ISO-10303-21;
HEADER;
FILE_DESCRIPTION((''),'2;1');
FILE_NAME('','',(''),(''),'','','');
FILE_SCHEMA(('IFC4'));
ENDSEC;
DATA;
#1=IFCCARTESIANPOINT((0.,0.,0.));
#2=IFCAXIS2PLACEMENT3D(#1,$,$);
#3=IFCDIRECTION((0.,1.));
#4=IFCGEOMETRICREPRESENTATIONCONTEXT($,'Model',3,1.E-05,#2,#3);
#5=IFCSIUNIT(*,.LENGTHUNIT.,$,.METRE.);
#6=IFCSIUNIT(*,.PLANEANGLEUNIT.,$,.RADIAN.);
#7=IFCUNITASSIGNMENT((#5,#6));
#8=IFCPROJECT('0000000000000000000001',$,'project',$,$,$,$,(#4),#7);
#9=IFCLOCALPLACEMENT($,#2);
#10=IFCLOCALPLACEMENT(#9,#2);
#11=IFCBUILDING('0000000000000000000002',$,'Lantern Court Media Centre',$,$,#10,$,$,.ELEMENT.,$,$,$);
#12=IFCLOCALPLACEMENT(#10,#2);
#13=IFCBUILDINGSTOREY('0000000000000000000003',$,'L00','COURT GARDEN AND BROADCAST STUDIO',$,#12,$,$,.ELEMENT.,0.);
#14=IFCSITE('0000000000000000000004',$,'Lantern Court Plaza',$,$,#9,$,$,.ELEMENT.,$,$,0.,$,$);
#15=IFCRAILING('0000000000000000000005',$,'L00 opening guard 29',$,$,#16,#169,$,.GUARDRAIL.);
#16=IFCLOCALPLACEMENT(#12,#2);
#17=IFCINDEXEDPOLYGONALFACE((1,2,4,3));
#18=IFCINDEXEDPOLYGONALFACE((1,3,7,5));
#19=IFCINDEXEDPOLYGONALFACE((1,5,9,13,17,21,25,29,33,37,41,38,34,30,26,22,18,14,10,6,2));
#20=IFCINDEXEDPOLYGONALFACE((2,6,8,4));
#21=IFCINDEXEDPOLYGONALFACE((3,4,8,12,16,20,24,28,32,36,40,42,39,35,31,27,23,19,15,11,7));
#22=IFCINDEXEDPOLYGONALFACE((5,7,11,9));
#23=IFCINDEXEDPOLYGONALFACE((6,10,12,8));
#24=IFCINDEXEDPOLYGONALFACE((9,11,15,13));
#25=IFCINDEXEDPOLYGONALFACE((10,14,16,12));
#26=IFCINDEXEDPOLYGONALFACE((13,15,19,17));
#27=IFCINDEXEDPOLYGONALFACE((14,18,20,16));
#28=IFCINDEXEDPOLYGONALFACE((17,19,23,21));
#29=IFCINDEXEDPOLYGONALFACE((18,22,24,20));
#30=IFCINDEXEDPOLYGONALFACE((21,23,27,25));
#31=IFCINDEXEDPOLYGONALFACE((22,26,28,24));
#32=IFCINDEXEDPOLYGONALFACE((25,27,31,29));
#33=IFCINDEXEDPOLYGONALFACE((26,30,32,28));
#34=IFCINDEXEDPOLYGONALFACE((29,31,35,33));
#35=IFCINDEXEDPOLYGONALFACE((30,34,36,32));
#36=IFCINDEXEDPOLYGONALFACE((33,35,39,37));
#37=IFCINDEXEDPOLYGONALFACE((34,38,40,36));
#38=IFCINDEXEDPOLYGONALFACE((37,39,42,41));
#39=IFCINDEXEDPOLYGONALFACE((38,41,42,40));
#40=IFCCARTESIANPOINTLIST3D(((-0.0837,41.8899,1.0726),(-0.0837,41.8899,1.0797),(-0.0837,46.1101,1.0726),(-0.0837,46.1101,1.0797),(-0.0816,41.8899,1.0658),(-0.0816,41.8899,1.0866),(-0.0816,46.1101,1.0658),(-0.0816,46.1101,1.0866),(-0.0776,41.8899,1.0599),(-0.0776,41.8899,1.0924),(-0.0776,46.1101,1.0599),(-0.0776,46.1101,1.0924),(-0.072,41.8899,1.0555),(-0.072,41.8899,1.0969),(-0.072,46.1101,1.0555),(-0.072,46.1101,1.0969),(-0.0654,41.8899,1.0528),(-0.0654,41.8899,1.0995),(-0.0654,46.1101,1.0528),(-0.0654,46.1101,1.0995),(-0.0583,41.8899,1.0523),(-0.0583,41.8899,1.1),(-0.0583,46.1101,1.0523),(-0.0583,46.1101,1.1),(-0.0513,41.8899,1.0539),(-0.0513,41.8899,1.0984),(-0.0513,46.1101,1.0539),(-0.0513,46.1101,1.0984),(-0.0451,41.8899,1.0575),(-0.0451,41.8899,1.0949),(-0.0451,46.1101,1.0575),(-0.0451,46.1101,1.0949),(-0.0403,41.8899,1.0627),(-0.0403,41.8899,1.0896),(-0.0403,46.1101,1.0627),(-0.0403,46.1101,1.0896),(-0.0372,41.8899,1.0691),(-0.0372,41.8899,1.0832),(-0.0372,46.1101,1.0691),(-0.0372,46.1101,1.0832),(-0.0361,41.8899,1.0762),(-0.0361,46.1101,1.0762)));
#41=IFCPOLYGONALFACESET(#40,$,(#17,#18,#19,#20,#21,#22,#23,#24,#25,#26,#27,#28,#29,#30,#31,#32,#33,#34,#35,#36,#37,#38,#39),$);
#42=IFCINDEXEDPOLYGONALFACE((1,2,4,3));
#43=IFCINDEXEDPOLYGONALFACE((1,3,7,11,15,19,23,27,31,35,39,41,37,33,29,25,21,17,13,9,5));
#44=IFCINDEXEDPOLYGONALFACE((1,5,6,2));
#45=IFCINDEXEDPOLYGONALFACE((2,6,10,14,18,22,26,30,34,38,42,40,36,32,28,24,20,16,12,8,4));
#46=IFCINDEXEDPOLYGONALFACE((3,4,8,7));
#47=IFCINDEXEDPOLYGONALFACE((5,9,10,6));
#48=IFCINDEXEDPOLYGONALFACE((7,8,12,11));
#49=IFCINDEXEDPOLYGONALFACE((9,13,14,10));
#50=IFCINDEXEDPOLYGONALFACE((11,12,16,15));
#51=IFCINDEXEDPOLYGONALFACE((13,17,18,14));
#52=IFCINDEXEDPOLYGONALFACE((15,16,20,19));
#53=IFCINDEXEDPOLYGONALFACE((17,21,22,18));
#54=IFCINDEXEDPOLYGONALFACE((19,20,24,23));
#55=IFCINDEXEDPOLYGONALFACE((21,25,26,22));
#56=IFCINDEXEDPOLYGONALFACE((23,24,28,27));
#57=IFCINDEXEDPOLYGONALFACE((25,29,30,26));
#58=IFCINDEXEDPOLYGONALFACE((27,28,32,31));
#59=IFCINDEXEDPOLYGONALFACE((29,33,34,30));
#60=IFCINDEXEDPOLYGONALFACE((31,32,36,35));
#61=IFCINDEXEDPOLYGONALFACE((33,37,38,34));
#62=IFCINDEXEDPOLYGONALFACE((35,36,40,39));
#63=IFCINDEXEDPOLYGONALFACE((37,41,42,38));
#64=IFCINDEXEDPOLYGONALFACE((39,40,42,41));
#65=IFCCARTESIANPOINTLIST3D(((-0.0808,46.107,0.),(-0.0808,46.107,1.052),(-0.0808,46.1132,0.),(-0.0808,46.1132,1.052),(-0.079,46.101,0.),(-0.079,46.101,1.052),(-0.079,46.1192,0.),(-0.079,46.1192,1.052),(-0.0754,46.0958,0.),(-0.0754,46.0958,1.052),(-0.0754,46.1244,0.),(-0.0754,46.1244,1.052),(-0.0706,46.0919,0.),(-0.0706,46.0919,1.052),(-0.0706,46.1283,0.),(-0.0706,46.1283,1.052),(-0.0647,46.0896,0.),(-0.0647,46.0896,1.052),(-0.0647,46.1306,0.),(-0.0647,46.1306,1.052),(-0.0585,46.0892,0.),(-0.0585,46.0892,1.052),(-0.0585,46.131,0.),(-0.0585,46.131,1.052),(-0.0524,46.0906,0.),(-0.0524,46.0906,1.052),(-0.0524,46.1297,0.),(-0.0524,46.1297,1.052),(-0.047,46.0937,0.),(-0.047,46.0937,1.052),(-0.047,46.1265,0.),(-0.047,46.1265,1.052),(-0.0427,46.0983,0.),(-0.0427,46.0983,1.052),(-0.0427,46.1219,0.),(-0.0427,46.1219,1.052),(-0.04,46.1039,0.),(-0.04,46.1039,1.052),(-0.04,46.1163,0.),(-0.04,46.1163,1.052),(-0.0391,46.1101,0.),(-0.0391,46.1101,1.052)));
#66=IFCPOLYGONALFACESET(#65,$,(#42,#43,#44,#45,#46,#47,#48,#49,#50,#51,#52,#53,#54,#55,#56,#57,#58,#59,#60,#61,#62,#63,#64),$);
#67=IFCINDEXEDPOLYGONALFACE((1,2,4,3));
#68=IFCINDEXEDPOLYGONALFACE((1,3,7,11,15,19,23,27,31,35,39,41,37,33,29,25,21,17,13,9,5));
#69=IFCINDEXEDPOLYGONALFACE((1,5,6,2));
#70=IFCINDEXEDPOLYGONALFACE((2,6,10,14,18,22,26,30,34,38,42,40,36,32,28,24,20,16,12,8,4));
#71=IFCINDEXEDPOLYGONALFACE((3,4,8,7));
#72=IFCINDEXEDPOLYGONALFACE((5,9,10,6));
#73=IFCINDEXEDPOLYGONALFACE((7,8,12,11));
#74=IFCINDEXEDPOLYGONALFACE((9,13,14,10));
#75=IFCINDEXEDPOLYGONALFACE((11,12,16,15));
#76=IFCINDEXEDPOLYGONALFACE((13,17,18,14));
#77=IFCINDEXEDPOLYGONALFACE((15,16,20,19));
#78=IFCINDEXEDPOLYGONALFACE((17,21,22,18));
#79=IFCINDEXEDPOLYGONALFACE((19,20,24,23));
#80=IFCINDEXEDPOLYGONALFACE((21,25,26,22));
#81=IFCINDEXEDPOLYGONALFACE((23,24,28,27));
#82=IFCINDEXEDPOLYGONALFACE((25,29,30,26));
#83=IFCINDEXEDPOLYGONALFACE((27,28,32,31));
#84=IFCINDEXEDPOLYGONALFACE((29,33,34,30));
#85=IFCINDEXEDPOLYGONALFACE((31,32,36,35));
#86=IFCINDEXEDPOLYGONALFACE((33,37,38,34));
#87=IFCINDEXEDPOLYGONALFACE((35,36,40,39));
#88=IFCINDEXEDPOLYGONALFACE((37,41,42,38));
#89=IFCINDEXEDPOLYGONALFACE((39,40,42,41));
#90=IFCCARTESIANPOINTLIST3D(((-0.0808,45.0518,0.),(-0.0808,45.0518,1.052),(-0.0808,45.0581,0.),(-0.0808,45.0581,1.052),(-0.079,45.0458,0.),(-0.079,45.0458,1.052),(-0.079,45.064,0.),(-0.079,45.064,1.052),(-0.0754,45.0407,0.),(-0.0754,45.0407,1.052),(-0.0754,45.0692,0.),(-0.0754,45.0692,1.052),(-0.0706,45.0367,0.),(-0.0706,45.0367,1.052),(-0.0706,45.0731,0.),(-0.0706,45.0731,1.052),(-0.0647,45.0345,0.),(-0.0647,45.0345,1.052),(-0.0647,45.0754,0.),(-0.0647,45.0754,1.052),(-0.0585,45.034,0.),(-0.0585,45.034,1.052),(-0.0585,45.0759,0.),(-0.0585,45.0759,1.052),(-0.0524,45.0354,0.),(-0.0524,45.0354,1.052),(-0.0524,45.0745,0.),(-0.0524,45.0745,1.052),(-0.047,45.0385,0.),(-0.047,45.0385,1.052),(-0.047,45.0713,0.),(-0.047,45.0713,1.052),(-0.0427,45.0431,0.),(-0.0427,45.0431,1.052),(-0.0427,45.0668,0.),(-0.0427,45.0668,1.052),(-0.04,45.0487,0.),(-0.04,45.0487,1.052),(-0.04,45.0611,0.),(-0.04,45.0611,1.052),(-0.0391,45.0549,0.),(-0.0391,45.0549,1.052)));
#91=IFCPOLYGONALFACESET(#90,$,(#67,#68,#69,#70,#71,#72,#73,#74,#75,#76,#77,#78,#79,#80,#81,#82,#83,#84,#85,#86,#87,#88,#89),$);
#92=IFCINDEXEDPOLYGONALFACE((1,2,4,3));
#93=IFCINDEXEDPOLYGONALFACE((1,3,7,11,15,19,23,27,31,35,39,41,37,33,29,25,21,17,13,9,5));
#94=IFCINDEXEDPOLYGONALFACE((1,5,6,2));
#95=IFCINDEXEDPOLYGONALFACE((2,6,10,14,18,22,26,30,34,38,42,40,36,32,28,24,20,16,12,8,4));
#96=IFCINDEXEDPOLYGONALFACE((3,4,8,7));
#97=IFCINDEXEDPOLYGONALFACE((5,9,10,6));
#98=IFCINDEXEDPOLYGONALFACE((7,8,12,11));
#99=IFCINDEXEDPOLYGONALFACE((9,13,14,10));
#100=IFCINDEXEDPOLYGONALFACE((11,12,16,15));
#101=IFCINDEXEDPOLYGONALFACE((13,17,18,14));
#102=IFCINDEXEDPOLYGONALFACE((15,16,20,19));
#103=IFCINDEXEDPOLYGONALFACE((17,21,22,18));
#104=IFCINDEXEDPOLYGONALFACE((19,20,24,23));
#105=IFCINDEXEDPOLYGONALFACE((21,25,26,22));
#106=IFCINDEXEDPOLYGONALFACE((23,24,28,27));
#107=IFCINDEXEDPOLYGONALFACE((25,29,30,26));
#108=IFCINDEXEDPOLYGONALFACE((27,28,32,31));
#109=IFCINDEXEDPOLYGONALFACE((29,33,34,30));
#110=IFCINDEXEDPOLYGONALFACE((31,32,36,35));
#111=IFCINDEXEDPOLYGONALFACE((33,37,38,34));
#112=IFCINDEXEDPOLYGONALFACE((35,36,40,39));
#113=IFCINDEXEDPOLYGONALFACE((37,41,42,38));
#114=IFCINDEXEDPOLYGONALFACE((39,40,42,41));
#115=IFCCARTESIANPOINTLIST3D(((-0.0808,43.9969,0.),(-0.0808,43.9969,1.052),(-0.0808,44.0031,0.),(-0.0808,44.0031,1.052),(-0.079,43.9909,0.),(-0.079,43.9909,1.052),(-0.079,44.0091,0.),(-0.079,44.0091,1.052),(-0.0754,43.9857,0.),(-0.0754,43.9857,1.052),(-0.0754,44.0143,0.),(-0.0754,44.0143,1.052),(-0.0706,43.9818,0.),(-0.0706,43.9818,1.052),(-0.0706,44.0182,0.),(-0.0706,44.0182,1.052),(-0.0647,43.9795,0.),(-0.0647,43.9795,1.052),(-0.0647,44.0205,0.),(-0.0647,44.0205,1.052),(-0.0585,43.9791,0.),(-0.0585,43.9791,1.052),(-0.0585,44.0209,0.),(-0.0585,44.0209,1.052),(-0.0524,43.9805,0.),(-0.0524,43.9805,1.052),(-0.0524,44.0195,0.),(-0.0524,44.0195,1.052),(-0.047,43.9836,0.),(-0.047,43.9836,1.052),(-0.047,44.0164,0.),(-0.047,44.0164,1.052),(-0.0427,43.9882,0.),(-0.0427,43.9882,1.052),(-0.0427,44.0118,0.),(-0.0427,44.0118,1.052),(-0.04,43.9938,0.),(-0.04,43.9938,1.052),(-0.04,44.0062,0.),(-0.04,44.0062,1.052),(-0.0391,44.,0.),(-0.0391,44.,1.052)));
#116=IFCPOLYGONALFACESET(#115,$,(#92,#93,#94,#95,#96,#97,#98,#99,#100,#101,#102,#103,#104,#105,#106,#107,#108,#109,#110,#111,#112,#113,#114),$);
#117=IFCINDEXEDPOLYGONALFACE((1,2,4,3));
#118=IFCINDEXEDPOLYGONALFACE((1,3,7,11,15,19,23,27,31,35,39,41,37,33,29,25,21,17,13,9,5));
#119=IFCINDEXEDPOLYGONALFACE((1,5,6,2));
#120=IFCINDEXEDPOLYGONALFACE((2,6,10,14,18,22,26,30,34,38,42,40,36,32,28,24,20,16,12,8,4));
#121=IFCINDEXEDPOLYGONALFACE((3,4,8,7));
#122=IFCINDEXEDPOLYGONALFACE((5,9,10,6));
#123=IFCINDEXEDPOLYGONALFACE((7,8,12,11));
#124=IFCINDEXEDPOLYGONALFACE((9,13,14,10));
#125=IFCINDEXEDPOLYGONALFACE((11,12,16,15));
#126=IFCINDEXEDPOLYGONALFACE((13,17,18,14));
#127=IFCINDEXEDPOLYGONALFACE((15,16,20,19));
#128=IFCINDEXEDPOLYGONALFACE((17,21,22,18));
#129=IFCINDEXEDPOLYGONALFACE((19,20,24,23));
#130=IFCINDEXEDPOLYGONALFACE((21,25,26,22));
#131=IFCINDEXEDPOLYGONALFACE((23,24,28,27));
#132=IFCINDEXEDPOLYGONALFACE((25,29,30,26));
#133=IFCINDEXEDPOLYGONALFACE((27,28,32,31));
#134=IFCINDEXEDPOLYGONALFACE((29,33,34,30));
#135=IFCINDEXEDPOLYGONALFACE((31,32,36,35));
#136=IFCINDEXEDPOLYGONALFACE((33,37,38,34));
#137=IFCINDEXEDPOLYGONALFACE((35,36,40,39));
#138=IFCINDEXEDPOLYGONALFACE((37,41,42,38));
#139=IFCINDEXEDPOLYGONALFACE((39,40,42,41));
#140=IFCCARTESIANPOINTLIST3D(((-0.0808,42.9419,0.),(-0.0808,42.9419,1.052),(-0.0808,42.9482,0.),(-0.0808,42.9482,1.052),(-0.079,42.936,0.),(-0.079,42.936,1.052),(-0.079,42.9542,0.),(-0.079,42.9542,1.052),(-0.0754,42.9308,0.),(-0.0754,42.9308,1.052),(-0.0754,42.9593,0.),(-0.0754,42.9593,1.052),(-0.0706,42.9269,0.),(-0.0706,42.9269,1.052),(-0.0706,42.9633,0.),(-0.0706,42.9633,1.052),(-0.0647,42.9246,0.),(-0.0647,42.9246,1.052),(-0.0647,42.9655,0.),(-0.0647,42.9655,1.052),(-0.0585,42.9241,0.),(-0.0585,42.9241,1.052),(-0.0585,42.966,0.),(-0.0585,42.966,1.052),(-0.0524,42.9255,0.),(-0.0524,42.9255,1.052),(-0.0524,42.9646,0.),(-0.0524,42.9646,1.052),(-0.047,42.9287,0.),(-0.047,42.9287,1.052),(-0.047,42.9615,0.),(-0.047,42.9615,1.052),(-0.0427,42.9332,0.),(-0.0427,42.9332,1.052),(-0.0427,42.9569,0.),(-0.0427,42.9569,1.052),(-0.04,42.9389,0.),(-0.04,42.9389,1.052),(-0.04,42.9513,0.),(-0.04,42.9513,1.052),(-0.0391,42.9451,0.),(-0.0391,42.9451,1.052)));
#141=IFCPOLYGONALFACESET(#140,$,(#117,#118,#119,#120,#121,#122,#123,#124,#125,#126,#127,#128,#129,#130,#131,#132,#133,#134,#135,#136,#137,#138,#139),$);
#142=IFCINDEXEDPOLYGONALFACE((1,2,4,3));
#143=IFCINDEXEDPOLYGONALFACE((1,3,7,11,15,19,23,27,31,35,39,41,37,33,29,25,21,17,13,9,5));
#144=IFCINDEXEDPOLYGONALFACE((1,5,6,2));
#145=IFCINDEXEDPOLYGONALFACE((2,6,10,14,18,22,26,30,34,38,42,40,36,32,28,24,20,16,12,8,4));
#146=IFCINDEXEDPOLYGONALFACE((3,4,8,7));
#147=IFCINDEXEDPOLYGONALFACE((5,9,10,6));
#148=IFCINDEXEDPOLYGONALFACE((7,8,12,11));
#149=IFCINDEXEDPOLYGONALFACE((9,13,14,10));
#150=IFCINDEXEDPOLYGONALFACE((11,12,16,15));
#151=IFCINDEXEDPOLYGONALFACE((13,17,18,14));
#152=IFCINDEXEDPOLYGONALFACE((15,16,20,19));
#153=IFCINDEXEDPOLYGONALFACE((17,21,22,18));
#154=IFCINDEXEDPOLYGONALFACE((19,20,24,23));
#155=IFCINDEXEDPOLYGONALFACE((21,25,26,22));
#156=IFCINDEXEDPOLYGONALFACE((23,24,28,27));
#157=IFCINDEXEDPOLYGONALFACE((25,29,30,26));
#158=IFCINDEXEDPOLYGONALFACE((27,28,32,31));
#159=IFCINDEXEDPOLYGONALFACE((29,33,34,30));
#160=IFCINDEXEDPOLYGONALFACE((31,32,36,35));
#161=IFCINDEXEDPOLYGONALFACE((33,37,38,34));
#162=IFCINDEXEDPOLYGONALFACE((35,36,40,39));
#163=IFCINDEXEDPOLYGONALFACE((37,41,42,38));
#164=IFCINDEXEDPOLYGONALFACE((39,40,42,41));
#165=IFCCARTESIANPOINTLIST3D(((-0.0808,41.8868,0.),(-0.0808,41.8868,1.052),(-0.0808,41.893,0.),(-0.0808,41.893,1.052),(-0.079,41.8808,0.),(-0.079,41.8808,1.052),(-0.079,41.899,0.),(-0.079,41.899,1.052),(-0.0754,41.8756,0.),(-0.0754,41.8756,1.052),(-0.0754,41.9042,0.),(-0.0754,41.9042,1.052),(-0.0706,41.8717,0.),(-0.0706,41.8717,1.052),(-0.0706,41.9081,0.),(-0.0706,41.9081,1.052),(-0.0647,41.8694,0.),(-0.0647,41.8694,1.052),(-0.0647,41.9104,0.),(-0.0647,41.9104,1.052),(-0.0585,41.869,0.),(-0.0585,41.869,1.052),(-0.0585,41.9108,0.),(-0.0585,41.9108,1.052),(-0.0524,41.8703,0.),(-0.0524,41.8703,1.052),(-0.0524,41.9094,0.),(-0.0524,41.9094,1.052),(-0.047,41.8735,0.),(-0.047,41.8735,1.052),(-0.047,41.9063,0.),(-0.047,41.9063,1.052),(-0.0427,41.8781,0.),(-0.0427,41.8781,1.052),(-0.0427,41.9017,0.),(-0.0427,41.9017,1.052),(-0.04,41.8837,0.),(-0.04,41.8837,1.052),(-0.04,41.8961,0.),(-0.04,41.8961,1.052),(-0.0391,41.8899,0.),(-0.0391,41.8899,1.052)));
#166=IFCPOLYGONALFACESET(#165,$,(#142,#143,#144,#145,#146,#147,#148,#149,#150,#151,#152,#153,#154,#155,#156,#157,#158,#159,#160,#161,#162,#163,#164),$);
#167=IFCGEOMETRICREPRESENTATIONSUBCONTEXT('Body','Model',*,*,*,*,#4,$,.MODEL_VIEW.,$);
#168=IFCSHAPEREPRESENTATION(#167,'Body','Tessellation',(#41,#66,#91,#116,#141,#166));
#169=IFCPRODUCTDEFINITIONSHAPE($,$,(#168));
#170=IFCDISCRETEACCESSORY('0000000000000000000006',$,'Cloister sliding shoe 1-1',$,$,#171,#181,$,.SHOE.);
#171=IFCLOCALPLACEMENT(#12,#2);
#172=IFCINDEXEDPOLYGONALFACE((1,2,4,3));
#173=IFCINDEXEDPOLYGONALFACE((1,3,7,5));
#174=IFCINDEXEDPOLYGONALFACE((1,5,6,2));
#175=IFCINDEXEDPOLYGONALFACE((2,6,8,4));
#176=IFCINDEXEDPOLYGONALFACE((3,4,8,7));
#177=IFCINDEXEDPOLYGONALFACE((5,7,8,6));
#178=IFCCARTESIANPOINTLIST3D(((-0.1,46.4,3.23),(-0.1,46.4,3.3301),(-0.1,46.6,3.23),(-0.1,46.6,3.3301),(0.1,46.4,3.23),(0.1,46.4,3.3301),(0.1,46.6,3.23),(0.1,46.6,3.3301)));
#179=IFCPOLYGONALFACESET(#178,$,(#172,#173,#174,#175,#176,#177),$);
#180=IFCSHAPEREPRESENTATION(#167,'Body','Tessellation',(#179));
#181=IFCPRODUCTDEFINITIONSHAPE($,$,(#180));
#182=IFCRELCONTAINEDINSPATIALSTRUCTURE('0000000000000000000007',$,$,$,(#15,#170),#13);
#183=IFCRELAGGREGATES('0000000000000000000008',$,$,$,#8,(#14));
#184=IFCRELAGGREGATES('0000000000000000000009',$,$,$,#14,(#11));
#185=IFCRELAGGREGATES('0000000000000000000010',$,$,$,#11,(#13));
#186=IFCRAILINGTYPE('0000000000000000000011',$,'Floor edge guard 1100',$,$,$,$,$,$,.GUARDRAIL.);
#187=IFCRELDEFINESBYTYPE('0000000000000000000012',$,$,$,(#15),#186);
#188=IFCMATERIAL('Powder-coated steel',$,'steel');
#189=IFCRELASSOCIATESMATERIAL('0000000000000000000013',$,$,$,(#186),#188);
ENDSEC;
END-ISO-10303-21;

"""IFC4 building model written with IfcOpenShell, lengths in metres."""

from ifc_helpers import new_model, si_unit, direction, frame, origin, origin_2d, place, context, subcontext, project, spatial, rectangle, circle, extrude, material, type_object, element, save


model = new_model("IFC4")

# Units and contexts
model_context = context("Model", 3, precision=1e-05, world=origin(), true_north=direction((0.0, 1.0)))
body_context = subcontext(model_context, "Body", "Model", "MODEL_VIEW")
ifc_project = project(units=[si_unit("LENGTHUNIT", "METRE"), si_unit("PLANEANGLEUNIT", "RADIAN")], contexts=[model_context])

# Site, building, storey
site_placement = place(None, origin())
site = spatial("IfcSite", under=ifc_project, at=site_placement, Name="Lantern Court Plaza", CompositionType="ELEMENT", RefElevation=0.0)
building_placement = place(site_placement, origin())
building = spatial("IfcBuilding", under=site, at=building_placement, Name="Lantern Court Media Centre", CompositionType="ELEMENT")
storey_placement = place(building_placement, origin())
storey = spatial("IfcBuildingStorey", under=building, at=storey_placement, Name="L00", Description="COURT GARDEN AND BROADCAST STUDIO", CompositionType="ELEMENT", Elevation=0.0)

# Railing
ifc_material_1 = material(Name="Powder-coated steel", Category="steel")
railing_type = type_object("IfcRailingType", Name="Floor edge guard 1100", PredefinedType="GUARDRAIL", material=ifc_material_1)
railing_placement = place(storey_placement, frame((-0.0601, 46.1101, 0.0)))
element("IfcRailing", 1, at=railing_placement, inside=storey, type_object=railing_type, Name="L00 opening guard 29", PredefinedType="GUARDRAIL", context=body_context, shape_type="SweptSolid", body=[
    extrude(circle(Radius=0.0239, at=origin_2d()), frame((0.0, 0.0, 1.0762), z_axis=(0.0, -1.0, 0.0), x_axis=(1.0, 0.0, 0.0)), (0.0, 0.0, 1.0), 4.2202),
    extrude(circle(Radius=0.021, at=origin_2d()), origin(), (0.0, 0.0, 1.0), 1.052),
    extrude(circle(Radius=0.021, at=origin_2d()), frame((0.0, -1.0552, 0.0)), (0.0, 0.0, 1.0), 1.052),
    extrude(circle(Radius=0.021, at=origin_2d()), frame((0.0, -2.1101, 0.0)), (0.0, 0.0, 1.0), 1.052),
    extrude(circle(Radius=0.021, at=origin_2d()), frame((0.0, -3.165, 0.0)), (0.0, 0.0, 1.0), 1.052),
    extrude(circle(Radius=0.021, at=origin_2d()), frame((0.0, -4.2202, 0.0)), (0.0, 0.0, 1.0), 1.052),
])

# Discrete accessory
discrete_accessory_placement = place(storey_placement, frame((0.0, 46.5, 3.23), z_axis=(0.0, 0.0, 1.0), x_axis=(1.0, 0.0, 0.0)))
element("IfcDiscreteAccessory", 2, at=discrete_accessory_placement, inside=storey, Name="Cloister sliding shoe 1-1", PredefinedType="SHOE", context=body_context, shape_type="SweptSolid", body=[
    extrude(rectangle(XDim=0.2, YDim=0.2, at=origin_2d()), origin(), (0.0, 0.0, 1.0), 0.1001),
])

save(model, "model.ifc")
